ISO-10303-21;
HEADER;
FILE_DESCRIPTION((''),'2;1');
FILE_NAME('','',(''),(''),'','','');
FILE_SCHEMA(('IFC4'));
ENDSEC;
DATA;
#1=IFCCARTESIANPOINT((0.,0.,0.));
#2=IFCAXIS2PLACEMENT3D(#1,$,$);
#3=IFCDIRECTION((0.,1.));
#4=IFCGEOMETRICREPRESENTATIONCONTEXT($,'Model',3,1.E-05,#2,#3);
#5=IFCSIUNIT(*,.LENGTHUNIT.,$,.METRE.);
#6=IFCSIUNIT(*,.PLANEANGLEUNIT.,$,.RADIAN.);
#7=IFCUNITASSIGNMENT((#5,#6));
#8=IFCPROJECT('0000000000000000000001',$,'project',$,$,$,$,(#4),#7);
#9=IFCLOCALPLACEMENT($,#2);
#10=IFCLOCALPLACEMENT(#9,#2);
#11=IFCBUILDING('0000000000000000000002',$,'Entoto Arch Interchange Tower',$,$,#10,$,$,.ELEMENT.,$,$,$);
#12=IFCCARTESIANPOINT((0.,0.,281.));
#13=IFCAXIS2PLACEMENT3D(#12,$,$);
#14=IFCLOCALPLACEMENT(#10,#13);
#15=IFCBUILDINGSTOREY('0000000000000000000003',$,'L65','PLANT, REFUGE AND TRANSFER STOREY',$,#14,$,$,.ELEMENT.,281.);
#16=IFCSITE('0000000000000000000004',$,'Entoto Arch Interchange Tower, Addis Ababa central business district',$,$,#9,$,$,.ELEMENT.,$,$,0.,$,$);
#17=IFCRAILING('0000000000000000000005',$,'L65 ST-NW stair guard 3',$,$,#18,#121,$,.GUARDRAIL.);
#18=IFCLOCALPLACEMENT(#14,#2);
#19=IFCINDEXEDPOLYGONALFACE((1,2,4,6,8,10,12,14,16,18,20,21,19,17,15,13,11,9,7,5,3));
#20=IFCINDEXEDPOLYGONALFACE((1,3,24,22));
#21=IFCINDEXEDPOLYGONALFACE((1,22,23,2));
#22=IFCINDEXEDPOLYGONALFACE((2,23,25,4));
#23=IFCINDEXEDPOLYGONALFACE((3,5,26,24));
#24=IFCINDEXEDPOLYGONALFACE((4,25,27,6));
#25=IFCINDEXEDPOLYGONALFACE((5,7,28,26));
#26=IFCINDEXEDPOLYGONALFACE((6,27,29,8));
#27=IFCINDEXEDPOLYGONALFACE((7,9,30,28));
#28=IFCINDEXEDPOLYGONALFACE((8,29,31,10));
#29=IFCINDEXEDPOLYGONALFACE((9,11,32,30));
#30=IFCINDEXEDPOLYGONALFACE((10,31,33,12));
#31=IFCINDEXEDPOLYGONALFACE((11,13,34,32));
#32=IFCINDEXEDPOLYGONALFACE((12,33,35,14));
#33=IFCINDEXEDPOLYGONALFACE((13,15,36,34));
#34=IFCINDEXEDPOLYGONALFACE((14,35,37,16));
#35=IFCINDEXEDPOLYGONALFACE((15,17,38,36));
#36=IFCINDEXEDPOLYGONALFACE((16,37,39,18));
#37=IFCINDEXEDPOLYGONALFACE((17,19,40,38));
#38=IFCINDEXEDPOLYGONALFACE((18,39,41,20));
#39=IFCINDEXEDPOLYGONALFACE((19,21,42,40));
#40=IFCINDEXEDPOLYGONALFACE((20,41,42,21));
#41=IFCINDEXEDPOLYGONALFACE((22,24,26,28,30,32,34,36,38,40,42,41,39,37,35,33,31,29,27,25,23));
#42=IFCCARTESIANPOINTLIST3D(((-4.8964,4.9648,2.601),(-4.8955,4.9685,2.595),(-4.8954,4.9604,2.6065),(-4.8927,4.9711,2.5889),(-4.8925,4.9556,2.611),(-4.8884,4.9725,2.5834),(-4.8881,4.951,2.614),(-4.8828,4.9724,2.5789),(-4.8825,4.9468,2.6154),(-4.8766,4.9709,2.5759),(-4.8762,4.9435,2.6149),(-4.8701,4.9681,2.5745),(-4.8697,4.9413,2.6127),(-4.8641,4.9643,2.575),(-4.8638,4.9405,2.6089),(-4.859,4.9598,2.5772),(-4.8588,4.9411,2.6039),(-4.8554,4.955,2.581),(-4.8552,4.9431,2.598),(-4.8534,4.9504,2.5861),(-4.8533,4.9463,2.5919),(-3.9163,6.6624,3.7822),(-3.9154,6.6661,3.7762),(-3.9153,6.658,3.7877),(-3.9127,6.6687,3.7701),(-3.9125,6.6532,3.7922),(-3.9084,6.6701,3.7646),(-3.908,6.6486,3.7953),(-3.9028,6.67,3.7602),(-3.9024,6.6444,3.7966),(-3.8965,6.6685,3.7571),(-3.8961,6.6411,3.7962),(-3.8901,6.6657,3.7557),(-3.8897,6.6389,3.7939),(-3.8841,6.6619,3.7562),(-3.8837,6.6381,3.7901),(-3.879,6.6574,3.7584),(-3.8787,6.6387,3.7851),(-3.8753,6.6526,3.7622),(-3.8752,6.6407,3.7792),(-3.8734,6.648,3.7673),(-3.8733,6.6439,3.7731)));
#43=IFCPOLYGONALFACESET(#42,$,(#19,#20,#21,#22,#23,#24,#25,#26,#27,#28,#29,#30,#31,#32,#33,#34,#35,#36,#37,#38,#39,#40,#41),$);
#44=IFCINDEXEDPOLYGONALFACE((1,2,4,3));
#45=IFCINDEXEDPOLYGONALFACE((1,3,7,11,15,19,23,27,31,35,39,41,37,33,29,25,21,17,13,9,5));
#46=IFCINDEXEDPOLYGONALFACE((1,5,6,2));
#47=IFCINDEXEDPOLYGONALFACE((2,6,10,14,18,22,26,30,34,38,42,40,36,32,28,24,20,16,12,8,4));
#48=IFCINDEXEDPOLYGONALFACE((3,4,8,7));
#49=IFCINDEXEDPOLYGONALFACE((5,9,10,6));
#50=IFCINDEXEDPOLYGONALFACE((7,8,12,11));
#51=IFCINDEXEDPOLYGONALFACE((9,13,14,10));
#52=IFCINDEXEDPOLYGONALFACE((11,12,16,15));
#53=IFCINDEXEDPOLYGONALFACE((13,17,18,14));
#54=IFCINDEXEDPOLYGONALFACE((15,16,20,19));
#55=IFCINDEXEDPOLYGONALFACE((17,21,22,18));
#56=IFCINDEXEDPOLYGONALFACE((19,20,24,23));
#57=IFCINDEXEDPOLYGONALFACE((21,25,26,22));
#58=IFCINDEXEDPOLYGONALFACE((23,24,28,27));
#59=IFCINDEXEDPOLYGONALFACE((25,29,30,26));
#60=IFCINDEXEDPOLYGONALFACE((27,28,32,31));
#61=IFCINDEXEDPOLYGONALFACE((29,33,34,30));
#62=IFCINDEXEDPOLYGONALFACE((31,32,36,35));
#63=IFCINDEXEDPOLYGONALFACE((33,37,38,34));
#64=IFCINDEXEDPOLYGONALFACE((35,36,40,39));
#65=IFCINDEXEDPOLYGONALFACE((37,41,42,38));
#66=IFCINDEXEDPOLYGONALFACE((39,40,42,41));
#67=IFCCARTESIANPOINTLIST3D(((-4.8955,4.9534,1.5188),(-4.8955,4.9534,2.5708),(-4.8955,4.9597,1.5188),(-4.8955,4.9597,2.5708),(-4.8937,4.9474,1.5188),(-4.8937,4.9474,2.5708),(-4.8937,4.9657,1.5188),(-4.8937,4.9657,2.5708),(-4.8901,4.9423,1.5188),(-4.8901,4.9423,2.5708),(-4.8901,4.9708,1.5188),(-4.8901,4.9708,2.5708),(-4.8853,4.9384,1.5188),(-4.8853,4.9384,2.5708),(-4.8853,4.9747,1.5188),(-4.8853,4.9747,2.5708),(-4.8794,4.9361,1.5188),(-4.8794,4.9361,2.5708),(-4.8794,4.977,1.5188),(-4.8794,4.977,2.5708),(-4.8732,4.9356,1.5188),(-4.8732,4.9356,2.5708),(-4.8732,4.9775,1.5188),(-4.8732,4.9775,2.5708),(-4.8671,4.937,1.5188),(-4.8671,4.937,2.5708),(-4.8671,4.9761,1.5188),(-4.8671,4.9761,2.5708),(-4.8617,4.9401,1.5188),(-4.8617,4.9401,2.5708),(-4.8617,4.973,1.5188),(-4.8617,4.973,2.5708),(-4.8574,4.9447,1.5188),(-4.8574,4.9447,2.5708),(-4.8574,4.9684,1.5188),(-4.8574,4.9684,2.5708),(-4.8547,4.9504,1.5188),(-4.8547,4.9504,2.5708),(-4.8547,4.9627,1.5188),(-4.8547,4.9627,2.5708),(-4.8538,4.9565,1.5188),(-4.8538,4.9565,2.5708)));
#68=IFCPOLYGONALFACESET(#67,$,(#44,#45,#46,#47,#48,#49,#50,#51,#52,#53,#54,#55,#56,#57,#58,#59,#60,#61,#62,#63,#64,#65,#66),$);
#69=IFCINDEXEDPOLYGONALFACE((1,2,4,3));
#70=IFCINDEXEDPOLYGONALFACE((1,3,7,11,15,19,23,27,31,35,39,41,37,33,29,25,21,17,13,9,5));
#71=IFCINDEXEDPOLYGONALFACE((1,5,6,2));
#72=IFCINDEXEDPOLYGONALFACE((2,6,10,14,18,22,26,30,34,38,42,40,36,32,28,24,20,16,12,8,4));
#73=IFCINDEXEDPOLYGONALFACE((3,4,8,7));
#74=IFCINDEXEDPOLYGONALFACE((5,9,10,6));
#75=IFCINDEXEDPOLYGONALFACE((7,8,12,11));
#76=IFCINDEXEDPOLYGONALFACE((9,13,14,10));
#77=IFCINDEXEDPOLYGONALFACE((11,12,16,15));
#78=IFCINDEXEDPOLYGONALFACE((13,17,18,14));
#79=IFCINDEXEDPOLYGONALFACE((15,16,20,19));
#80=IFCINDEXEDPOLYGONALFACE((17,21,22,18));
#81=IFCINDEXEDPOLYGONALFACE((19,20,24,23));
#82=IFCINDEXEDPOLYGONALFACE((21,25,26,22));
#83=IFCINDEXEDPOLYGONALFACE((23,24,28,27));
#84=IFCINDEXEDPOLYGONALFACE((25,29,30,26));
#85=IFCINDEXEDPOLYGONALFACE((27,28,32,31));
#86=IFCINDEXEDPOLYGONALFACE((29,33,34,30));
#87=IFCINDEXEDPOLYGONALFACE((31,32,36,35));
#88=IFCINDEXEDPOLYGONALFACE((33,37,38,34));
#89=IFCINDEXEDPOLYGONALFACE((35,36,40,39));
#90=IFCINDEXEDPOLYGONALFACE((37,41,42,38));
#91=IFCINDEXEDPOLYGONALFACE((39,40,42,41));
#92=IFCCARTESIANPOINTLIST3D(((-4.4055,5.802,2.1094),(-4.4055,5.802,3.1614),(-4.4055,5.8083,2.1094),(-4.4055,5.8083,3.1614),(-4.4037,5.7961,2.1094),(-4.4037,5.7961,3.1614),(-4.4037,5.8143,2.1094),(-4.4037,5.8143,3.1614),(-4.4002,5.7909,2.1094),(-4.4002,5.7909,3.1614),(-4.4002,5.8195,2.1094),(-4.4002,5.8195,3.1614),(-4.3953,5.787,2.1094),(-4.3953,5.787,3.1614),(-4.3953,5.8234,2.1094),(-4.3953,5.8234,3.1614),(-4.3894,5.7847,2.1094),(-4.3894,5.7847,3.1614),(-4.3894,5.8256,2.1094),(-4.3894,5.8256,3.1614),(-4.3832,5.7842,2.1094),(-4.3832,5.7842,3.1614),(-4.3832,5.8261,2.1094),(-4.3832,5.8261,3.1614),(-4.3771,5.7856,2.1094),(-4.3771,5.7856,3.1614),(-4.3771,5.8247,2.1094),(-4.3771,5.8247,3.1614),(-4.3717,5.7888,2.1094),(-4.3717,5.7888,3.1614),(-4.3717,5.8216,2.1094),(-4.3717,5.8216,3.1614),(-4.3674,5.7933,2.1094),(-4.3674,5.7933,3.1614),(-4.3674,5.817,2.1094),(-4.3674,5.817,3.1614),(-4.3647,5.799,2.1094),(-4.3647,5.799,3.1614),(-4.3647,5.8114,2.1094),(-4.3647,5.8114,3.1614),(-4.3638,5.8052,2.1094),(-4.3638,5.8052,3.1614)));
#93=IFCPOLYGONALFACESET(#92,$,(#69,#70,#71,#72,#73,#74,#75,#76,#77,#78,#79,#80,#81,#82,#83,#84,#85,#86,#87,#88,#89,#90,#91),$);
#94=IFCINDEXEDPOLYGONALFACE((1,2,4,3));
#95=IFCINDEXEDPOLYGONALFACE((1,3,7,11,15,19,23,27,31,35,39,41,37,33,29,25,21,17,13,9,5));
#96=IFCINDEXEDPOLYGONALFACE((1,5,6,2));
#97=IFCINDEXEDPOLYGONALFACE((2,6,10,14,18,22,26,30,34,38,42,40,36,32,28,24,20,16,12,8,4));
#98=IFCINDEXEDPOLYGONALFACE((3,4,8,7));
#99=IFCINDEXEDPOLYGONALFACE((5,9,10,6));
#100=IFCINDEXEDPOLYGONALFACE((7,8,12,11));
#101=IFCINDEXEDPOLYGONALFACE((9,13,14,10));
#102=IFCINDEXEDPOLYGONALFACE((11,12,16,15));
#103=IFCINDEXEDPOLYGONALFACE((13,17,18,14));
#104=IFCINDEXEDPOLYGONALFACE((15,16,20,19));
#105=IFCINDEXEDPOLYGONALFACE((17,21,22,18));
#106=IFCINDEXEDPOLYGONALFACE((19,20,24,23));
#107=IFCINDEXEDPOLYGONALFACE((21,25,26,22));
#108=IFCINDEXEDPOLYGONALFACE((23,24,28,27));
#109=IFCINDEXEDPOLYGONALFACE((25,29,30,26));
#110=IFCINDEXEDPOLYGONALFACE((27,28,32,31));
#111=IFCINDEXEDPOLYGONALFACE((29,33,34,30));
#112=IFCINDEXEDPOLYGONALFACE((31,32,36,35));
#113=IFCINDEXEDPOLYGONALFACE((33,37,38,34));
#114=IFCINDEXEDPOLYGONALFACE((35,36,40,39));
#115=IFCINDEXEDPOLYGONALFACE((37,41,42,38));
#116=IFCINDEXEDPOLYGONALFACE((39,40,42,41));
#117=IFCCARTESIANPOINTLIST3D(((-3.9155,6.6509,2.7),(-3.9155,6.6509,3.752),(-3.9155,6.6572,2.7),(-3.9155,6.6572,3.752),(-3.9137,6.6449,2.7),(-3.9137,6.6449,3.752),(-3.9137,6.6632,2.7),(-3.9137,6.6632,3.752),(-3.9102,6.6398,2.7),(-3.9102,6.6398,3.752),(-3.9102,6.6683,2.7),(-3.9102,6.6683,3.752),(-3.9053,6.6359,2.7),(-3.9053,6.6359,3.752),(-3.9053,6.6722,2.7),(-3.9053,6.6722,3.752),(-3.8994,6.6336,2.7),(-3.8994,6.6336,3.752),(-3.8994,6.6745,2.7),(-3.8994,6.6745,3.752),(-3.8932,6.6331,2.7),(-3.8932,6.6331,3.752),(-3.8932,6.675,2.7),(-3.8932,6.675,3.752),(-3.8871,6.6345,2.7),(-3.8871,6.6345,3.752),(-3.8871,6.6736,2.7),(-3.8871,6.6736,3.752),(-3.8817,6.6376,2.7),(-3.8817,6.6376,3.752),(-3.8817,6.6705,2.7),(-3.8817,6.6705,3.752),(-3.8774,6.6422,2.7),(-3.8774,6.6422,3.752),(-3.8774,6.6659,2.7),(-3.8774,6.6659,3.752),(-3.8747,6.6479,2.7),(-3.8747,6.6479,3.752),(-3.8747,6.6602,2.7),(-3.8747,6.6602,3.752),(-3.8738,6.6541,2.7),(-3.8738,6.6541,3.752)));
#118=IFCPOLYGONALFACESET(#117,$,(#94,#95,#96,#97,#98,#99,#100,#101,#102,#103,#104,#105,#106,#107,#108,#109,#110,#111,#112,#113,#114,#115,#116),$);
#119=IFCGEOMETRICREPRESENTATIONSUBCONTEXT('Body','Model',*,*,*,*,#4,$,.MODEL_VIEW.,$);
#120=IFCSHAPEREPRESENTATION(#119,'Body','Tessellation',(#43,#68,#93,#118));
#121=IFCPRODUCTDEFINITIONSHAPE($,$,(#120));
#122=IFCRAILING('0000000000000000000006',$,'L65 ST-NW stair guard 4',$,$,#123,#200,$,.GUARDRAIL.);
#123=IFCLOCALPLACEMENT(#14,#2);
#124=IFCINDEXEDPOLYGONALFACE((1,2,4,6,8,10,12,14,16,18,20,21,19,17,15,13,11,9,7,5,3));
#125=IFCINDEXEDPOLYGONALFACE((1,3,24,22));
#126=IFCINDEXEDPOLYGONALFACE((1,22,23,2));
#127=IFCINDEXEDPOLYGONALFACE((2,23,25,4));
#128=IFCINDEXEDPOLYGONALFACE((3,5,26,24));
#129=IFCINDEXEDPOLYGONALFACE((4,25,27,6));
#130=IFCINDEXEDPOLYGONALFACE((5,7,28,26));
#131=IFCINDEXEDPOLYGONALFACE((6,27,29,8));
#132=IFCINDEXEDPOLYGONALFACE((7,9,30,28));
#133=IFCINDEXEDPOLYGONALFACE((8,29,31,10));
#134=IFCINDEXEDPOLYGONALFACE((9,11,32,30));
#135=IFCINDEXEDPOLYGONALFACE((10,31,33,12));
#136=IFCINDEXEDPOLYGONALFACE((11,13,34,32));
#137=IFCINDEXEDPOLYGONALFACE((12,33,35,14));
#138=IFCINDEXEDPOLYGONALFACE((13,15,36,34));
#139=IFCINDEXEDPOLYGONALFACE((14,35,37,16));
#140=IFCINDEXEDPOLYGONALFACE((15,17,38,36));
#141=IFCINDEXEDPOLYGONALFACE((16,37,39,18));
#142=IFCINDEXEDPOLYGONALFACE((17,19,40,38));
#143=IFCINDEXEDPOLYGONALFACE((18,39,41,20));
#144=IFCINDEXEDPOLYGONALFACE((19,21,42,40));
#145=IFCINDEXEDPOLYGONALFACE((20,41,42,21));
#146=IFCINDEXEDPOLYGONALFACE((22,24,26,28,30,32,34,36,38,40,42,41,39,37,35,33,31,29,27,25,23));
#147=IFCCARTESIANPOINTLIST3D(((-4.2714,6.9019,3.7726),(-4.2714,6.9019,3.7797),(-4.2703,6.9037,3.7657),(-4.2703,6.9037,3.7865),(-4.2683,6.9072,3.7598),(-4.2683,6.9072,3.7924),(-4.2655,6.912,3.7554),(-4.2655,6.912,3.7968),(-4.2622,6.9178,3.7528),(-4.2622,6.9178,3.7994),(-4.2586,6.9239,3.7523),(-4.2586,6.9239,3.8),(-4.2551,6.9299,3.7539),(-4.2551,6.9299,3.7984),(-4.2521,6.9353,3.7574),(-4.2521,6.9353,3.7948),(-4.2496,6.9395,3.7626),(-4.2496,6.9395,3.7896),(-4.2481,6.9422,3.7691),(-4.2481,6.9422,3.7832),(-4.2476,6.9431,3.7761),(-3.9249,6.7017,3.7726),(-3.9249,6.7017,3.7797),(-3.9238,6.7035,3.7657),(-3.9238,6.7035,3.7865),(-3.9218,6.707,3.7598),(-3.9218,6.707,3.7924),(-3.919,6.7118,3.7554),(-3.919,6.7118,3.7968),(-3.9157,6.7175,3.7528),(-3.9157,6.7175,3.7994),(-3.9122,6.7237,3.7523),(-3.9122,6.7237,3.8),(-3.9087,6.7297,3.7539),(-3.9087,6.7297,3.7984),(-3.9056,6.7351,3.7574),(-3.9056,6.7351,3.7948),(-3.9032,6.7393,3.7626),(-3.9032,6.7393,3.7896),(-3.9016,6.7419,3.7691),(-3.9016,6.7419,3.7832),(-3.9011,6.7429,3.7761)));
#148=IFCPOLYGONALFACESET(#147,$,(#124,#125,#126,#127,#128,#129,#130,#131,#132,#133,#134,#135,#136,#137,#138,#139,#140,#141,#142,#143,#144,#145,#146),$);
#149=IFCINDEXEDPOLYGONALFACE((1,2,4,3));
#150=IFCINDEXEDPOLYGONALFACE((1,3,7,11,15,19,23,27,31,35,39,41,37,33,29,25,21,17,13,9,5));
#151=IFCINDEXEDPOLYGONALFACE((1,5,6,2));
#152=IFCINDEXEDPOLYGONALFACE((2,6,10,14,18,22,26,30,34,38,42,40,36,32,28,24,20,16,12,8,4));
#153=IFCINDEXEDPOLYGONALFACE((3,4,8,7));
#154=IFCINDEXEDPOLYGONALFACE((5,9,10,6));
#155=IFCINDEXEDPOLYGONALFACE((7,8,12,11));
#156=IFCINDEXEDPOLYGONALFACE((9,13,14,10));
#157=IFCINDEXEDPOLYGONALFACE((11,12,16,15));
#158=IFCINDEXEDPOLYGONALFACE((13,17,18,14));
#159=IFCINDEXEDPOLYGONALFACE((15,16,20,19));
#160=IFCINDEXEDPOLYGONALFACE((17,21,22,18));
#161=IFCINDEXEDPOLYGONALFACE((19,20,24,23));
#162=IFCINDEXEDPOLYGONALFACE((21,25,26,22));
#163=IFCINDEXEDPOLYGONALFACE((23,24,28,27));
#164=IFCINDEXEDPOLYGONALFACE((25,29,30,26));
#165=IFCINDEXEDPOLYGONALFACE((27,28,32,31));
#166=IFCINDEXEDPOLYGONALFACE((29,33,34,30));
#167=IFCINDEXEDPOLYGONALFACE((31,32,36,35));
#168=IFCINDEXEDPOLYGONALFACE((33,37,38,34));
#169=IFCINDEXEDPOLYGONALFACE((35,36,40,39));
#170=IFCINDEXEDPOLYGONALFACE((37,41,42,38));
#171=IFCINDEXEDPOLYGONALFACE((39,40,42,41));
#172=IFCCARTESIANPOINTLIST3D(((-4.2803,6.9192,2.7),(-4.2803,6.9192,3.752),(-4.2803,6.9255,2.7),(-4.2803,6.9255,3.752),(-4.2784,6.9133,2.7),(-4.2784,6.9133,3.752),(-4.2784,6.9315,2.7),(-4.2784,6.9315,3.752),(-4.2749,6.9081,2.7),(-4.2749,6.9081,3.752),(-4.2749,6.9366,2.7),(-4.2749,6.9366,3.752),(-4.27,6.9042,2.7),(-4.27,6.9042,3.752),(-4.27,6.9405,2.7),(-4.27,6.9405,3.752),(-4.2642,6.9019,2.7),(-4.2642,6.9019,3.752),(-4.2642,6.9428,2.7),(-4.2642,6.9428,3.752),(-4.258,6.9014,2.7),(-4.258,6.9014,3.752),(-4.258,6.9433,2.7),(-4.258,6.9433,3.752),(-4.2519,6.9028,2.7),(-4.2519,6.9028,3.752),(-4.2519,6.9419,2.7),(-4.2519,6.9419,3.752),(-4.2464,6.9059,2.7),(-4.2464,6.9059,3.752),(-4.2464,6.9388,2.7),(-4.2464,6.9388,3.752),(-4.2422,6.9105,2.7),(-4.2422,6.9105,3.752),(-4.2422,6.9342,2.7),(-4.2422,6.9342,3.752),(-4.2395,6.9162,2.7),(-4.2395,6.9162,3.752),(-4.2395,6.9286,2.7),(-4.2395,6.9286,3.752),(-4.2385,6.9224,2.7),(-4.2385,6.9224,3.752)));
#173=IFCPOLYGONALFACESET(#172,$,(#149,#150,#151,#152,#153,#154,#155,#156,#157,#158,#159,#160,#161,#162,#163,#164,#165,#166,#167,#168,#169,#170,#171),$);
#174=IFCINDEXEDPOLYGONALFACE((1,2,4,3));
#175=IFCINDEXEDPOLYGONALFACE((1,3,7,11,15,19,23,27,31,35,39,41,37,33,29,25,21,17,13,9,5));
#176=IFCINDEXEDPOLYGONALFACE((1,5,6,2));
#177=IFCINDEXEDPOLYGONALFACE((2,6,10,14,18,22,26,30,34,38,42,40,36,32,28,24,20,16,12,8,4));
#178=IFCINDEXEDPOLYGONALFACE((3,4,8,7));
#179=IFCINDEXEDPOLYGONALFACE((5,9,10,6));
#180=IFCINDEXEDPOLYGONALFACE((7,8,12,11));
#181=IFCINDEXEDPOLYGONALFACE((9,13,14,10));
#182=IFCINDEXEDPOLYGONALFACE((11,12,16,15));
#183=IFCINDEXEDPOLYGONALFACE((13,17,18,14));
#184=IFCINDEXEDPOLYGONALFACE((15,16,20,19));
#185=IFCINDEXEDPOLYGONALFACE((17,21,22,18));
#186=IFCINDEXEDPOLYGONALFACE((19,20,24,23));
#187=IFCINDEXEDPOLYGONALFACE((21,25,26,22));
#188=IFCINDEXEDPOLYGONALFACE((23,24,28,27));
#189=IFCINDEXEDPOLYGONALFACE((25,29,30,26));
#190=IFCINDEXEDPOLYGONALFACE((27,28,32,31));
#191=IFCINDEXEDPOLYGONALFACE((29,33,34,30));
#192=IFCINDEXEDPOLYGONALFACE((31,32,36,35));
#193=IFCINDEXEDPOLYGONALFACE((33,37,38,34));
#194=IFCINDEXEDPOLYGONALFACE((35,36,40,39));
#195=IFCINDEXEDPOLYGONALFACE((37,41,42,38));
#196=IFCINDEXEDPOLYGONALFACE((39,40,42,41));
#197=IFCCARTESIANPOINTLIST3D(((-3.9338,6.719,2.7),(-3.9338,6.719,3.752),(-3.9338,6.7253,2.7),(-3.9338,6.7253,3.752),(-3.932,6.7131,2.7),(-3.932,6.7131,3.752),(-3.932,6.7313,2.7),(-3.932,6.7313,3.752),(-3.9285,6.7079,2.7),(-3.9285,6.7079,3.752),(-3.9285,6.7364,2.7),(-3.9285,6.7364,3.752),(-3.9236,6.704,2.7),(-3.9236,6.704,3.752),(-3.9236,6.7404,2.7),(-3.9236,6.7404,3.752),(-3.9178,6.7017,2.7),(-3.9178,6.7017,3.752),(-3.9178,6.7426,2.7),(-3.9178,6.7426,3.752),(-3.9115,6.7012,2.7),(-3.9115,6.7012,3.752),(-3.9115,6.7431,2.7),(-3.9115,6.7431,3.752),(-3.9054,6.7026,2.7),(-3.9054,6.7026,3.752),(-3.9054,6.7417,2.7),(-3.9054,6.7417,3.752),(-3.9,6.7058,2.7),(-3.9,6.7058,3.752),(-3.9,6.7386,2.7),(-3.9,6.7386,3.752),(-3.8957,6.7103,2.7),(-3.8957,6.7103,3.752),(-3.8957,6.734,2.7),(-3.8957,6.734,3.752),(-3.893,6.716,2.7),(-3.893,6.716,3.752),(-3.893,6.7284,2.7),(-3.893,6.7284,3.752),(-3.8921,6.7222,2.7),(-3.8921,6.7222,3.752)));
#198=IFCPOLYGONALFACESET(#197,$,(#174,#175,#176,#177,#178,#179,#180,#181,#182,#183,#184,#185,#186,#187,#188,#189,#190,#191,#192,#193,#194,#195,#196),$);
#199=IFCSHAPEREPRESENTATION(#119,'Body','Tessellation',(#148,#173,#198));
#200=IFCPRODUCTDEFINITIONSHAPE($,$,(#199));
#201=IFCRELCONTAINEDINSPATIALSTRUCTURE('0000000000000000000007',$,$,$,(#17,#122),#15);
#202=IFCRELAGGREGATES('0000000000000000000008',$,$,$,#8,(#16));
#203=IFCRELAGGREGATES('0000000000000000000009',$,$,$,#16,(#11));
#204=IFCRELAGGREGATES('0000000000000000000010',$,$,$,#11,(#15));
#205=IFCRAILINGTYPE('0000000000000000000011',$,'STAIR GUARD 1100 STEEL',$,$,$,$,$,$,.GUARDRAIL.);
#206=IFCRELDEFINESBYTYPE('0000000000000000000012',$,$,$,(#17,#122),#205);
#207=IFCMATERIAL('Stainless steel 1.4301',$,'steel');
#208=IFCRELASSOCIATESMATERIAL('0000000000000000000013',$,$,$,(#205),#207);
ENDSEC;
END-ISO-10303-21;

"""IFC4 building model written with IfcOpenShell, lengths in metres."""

from ifc_helpers import new_model, si_unit, direction, frame, origin, origin_2d, place, context, subcontext, project, spatial, circle, extrude, material, type_object, element, save


model = new_model("IFC4")

# Units and contexts
model_context = context("Model", 3, precision=1e-05, world=origin(), true_north=direction((0.0, 1.0)))
body_context = subcontext(model_context, "Body", "Model", "MODEL_VIEW")
ifc_project = project(units=[si_unit("LENGTHUNIT", "METRE"), si_unit("PLANEANGLEUNIT", "RADIAN")], contexts=[model_context])

# Site, building, storey
site_placement = place(None, origin())
site = spatial("IfcSite", under=ifc_project, at=site_placement, Name="Entoto Arch Interchange Tower, Addis Ababa central business district", CompositionType="ELEMENT", RefElevation=0.0)
building_placement = place(site_placement, origin())
building = spatial("IfcBuilding", under=site, at=building_placement, Name="Entoto Arch Interchange Tower", CompositionType="ELEMENT")
storey_placement = place(building_placement, frame((0.0, 0.0, 281.0)))
storey = spatial("IfcBuildingStorey", under=building, at=storey_placement, Name="L65", Description="PLANT, REFUGE AND TRANSFER STOREY", CompositionType="ELEMENT", Elevation=281.0)

# Railings
ifc_material_1 = material(Name="Stainless steel 1.4301", Category="steel")
railing_type_1 = type_object("IfcRailingType", Name="STAIR GUARD 1100 STEEL", PredefinedType="GUARDRAIL", material=ifc_material_1)
railing_1_placement = place(storey_placement, frame((-4.8748, 4.9565, 1.5188)))
element("IfcRailing", 1, at=railing_1_placement, inside=storey, type_object=railing_type_1, Name="L65 ST-NW stair guard 3", PredefinedType="GUARDRAIL", context=body_context, shape_type="SweptSolid", body=[
    extrude(circle(Radius=0.0239, at=origin_2d()), frame((0.0, 0.0, 1.0762), z_axis=(0.428228, 0.741771, 0.516135), x_axis=(-0.866042, 0.49997, 0.0)), (0.0, 0.0, 1.0), 2.2886),
    extrude(circle(Radius=0.021, at=origin_2d()), origin(), (0.0, 0.0, 1.0), 1.052),
    extrude(circle(Radius=0.021, at=origin_2d()), frame((0.49, 0.8486, 0.5906)), (0.0, 0.0, 1.0), 1.052),
    extrude(circle(Radius=0.021, at=origin_2d()), frame((0.98, 1.6975, 1.1812)), (0.0, 0.0, 1.0), 1.052),
])
railing_2_placement = place(storey_placement, frame((-4.2595, 6.9224, 2.7)))
element("IfcRailing", 2, at=railing_2_placement, inside=storey, type_object=railing_type_1, Name="L65 ST-NW stair guard 4", PredefinedType="GUARDRAIL", context=body_context, shape_type="SweptSolid", body=[
    extrude(circle(Radius=0.0239, at=origin_2d()), frame((0.0, 0.0, 1.0762), z_axis=(0.86583, -0.500339, 0.0), x_axis=(0.500339, 0.86583, 0.0)), (0.0, 0.0, 1.0), 0.4001),
    extrude(circle(Radius=0.021, at=origin_2d()), origin(), (0.0, 0.0, 1.0), 1.052),
    extrude(circle(Radius=0.021, at=origin_2d()), frame((0.3464, -0.2002, 0.0)), (0.0, 0.0, 1.0), 1.052),
])

save(model, "model.ifc")
